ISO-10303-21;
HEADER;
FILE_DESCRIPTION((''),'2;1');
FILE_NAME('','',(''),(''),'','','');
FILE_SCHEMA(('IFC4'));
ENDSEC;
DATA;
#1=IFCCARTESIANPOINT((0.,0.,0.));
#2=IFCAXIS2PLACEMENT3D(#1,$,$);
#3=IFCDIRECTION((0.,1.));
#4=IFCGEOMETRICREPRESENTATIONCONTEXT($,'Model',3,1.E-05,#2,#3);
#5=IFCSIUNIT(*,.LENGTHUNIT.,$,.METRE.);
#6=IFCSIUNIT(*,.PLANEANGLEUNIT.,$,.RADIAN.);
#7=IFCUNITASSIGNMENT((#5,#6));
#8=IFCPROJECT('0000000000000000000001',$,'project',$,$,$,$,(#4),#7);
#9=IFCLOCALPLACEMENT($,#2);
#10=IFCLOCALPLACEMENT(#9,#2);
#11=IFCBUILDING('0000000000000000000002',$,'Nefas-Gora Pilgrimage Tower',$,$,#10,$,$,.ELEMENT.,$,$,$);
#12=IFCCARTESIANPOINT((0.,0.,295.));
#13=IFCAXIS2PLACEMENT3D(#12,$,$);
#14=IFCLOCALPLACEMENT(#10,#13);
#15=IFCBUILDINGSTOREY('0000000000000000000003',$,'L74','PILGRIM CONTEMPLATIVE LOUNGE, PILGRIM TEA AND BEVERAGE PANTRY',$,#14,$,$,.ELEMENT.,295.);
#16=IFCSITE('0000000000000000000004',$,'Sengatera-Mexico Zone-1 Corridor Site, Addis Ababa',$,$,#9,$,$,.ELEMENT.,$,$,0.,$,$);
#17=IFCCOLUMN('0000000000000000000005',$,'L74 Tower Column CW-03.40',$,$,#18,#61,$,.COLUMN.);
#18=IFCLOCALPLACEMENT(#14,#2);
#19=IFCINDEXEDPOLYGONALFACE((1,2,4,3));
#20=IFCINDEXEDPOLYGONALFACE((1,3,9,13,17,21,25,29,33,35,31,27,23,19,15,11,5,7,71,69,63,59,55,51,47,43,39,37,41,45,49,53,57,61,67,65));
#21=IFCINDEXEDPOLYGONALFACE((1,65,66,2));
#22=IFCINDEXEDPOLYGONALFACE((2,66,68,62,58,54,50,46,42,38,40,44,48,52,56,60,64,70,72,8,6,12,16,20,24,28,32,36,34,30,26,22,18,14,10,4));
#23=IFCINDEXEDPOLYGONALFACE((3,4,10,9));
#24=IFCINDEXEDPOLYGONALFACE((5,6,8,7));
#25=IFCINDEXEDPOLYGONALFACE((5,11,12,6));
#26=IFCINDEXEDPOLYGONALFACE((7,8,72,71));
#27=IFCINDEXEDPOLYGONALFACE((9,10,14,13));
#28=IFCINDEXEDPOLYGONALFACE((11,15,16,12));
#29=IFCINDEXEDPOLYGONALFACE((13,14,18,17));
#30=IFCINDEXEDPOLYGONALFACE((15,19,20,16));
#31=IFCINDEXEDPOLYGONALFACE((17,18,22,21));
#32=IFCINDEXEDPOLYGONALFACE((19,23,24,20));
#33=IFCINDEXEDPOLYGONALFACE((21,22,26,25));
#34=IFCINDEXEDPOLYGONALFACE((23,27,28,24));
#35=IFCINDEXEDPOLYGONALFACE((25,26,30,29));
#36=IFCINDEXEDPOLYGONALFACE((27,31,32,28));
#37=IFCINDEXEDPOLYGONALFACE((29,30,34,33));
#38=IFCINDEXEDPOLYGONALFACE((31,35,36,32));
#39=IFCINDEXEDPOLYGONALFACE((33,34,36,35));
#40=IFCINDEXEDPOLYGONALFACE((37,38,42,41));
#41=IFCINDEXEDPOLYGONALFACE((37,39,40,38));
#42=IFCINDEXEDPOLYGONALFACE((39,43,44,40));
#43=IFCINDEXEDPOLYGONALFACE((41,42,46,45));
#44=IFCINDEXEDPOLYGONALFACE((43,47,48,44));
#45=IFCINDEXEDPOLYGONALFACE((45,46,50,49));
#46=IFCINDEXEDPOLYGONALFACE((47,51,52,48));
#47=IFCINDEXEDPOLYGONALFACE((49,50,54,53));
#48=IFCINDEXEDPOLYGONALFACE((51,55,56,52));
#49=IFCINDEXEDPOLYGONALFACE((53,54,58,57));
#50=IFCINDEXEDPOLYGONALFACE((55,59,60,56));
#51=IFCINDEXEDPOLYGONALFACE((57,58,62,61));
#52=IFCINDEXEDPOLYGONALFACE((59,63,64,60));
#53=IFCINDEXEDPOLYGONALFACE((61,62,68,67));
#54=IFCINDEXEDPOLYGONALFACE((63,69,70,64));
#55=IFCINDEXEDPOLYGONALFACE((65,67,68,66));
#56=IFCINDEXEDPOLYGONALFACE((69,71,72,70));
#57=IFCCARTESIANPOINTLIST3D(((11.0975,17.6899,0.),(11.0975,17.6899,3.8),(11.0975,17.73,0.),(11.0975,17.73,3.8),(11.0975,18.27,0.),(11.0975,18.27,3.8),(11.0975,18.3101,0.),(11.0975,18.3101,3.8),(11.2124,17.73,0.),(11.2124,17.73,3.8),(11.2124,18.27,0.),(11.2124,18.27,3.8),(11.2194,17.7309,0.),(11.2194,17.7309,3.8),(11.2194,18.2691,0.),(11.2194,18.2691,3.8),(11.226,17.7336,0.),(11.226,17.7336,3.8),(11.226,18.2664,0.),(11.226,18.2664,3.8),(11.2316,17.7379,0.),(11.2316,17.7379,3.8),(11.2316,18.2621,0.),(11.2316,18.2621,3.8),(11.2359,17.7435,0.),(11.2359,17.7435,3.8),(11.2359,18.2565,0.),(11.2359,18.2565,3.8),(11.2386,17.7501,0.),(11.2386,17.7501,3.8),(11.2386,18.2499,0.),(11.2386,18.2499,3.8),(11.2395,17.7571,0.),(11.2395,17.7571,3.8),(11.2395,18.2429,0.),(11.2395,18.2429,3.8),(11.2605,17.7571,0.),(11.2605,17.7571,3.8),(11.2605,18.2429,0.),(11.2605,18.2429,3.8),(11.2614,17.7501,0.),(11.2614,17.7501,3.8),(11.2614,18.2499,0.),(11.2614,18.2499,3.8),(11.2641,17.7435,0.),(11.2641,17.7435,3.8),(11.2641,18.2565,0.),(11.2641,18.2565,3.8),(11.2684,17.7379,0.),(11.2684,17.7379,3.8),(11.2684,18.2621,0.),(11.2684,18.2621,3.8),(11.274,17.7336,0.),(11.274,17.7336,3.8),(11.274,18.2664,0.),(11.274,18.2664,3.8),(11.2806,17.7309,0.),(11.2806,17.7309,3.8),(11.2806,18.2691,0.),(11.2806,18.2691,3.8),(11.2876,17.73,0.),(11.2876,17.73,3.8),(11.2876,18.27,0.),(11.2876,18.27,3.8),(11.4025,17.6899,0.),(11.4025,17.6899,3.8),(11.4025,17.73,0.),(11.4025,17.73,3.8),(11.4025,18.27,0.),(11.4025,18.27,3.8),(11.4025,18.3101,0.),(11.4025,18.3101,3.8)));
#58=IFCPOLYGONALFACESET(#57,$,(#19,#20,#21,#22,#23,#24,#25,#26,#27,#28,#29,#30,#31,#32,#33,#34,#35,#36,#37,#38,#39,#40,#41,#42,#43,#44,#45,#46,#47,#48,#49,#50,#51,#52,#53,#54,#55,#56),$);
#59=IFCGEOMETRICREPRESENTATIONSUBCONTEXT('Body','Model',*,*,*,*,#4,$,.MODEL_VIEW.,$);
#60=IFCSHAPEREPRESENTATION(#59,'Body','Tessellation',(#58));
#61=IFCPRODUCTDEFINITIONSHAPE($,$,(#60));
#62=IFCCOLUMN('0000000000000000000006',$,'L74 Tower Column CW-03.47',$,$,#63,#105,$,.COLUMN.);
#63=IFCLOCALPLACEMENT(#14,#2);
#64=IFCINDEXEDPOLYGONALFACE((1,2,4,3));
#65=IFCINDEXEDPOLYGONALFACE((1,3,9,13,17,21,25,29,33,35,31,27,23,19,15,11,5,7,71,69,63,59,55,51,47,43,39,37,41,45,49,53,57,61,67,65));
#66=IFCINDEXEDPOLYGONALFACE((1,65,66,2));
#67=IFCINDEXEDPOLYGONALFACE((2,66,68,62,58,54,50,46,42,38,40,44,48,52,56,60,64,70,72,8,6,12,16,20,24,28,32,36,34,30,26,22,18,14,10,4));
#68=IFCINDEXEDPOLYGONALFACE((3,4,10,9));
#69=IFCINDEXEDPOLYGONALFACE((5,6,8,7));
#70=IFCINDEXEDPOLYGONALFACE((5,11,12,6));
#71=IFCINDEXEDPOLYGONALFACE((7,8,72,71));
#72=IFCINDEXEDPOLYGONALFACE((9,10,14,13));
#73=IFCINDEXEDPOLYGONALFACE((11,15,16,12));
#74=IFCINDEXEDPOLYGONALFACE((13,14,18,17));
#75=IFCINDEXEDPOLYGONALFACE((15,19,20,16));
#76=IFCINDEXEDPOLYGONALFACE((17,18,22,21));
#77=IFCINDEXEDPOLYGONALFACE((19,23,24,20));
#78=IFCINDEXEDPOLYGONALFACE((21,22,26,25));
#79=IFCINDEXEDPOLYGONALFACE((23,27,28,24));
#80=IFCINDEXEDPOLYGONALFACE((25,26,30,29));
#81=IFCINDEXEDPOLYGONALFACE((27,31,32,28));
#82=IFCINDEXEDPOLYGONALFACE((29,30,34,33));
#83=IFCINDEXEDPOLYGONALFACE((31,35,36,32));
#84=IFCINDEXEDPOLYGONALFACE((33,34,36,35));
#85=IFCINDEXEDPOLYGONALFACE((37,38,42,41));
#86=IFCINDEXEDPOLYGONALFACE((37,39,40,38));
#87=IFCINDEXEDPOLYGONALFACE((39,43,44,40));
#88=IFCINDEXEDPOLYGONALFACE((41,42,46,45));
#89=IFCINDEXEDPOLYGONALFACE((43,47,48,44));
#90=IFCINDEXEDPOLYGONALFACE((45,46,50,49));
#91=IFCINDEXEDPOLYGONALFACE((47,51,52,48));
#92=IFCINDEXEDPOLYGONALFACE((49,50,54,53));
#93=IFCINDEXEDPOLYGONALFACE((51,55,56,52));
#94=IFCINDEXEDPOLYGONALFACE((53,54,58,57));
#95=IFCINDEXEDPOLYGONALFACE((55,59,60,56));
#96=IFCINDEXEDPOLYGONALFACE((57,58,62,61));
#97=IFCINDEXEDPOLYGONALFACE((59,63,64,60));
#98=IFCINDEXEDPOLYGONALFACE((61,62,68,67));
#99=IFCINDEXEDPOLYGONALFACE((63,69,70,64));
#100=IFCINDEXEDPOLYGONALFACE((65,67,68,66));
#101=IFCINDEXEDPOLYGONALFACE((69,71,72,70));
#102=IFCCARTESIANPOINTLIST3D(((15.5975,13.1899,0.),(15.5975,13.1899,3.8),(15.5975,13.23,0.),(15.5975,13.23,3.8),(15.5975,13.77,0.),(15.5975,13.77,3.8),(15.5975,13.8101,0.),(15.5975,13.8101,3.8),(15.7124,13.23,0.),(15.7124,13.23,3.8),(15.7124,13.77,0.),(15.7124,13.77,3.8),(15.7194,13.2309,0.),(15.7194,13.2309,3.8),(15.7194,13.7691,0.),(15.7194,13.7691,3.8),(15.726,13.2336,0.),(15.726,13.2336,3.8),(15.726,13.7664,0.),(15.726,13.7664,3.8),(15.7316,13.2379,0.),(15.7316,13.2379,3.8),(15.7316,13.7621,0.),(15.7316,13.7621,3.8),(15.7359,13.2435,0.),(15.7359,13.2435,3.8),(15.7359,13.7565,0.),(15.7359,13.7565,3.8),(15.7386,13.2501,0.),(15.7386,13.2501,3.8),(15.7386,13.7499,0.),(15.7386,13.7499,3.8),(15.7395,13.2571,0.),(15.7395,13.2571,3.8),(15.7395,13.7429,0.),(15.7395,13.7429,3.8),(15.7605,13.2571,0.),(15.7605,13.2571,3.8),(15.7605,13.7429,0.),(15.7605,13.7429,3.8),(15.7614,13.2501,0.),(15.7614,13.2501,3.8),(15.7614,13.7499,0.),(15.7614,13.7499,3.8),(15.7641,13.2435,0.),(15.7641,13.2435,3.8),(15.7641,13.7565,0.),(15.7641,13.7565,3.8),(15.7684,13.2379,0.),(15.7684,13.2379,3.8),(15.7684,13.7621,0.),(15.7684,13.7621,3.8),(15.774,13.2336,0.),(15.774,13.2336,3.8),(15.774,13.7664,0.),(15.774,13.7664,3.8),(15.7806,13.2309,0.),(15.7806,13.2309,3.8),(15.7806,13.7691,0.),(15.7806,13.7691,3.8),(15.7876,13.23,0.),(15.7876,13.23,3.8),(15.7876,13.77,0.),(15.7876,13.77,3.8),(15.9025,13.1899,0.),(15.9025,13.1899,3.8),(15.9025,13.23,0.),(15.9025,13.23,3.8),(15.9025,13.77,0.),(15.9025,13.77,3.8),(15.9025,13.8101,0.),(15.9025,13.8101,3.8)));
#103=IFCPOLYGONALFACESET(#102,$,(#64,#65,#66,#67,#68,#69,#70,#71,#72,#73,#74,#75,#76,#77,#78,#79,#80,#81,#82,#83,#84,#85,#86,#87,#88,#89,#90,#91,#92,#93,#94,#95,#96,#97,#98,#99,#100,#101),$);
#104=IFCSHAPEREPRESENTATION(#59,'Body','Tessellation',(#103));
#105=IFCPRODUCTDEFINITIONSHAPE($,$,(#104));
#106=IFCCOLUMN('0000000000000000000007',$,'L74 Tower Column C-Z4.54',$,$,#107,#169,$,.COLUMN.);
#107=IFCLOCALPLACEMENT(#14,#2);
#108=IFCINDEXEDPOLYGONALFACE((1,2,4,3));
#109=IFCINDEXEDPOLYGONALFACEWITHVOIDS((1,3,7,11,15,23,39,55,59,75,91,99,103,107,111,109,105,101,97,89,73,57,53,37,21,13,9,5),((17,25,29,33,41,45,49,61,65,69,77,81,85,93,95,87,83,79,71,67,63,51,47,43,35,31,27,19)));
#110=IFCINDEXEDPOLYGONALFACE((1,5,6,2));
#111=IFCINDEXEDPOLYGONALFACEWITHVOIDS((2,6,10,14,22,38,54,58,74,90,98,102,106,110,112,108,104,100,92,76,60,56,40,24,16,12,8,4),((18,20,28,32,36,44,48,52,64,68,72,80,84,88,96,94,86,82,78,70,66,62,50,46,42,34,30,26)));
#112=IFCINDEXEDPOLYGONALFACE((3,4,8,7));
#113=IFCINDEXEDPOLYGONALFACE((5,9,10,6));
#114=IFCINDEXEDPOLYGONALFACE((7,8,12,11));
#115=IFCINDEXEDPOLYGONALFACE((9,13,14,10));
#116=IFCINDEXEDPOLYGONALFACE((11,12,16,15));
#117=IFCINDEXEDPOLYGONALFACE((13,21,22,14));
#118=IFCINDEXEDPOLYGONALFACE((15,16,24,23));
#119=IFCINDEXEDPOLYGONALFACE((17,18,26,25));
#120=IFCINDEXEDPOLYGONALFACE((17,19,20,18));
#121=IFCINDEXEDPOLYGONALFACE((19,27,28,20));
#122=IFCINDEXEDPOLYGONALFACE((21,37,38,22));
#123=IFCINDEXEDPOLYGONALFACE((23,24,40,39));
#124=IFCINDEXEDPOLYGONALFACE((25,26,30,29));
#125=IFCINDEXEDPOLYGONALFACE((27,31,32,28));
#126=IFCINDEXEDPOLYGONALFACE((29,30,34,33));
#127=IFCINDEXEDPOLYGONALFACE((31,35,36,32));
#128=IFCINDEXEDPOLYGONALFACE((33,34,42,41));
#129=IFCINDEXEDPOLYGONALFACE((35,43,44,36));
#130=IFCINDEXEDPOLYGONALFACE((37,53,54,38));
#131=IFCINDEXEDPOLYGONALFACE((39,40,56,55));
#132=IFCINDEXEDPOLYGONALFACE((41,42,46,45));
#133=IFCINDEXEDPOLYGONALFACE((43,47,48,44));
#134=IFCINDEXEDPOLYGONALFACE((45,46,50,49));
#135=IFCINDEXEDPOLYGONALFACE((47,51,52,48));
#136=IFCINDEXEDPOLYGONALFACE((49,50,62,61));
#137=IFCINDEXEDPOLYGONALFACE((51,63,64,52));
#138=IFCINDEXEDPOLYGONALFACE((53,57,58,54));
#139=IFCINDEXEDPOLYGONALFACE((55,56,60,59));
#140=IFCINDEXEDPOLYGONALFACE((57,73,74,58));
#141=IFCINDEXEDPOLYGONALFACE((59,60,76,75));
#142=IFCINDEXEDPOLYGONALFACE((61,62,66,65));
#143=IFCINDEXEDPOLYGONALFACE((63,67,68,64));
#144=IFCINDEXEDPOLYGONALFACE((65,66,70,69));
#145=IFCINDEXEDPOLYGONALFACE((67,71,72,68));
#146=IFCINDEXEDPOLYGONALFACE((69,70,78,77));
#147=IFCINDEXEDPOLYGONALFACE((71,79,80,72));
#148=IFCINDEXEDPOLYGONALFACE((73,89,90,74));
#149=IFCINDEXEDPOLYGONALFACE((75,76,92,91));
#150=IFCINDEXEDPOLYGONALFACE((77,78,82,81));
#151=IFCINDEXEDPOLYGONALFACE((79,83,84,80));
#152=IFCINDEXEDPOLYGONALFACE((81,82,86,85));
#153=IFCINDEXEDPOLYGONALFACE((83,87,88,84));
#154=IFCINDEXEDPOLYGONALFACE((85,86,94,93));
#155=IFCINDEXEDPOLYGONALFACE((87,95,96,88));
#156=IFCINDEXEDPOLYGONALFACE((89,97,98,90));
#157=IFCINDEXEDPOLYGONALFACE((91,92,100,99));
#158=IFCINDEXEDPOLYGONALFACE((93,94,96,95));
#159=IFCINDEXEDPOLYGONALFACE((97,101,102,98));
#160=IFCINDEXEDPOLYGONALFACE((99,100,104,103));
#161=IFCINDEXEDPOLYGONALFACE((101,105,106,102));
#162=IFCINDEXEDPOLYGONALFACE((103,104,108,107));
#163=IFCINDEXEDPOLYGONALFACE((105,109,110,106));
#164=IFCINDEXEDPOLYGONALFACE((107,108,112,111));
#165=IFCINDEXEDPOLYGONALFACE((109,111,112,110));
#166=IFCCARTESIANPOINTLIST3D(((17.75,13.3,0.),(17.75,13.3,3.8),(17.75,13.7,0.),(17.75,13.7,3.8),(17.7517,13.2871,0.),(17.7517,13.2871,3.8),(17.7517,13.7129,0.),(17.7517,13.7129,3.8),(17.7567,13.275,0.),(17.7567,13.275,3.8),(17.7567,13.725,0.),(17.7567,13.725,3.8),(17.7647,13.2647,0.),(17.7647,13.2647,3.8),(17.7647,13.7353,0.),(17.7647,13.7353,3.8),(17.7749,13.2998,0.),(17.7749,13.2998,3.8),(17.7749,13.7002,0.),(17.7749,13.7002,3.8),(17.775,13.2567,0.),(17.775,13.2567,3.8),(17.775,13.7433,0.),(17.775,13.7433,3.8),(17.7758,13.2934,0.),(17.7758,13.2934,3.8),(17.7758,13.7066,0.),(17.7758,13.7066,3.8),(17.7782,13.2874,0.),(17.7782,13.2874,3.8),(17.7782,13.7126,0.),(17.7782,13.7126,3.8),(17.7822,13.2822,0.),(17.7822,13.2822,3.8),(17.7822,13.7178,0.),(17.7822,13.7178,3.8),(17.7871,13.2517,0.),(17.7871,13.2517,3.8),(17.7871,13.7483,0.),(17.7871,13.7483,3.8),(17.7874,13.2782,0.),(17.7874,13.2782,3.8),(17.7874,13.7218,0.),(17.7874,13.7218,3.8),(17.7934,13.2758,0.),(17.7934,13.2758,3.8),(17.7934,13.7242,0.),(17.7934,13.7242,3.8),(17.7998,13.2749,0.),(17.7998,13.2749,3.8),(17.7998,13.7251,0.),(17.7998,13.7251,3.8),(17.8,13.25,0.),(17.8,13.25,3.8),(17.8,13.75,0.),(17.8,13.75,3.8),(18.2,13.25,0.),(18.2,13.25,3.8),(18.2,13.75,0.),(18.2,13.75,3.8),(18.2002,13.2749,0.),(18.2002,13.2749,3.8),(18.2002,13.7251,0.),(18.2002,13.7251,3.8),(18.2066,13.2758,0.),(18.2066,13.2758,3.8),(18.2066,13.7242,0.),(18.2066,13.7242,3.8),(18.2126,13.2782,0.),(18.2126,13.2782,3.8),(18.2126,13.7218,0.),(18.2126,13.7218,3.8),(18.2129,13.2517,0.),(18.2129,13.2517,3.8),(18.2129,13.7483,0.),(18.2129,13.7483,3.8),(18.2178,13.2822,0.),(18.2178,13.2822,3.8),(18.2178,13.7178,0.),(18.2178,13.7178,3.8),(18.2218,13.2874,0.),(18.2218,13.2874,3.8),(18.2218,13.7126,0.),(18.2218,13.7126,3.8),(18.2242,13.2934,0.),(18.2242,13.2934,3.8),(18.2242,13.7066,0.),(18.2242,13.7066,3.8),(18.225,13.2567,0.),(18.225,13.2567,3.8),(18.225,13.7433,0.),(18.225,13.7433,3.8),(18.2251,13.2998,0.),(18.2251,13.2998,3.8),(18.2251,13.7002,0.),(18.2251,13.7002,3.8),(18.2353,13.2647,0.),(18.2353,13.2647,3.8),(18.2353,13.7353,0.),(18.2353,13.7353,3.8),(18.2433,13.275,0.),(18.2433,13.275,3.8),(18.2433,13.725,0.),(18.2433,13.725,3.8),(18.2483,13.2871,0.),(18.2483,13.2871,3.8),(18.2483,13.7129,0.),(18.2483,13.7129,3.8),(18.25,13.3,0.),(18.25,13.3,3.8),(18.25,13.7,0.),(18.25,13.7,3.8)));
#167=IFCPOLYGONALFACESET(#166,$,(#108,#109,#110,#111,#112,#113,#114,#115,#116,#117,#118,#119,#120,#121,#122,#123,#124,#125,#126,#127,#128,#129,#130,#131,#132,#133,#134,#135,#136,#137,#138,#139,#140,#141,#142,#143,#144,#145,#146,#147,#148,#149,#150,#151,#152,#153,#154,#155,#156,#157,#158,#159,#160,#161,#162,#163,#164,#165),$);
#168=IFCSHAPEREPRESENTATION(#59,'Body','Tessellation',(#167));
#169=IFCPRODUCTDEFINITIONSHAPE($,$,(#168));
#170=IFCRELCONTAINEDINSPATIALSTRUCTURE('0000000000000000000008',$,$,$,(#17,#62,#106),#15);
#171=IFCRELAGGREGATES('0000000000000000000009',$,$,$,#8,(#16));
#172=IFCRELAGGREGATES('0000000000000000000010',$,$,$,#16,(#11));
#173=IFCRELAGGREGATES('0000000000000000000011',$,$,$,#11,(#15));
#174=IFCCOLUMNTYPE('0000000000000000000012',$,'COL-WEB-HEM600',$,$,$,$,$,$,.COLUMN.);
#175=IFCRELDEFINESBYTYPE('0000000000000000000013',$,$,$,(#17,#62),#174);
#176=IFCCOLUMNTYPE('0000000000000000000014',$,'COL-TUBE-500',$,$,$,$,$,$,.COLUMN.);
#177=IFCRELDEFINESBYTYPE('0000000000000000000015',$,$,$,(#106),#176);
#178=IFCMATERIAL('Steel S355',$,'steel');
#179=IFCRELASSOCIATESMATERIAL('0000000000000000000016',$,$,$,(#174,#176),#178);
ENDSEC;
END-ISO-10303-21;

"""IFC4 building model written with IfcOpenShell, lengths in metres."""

from ifc_helpers import new_model, si_unit, direction, frame, origin, origin_2d, place, context, subcontext, project, spatial, hollow_rectangle, i_section, extrude, source, transform, mapped, material, material_profile, profile_set, type_object, element, save


model = new_model("IFC4")

# Units and contexts
model_context = context("Model", 3, precision=1e-05, world=origin(), true_north=direction((0.0, 1.0)))
body_context = subcontext(model_context, "Body", "Model", "MODEL_VIEW")
ifc_project = project(units=[si_unit("LENGTHUNIT", "METRE"), si_unit("PLANEANGLEUNIT", "RADIAN")], contexts=[model_context])

# Site, building, storey
site_placement = place(None, origin())
site = spatial("IfcSite", under=ifc_project, at=site_placement, Name="Sengatera-Mexico Zone-1 Corridor Site, Addis Ababa", CompositionType="ELEMENT", RefElevation=0.0)
building_placement = place(site_placement, origin())
building = spatial("IfcBuilding", under=site, at=building_placement, Name="Nefas-Gora Pilgrimage Tower", CompositionType="ELEMENT")
storey_placement = place(building_placement, frame((0.0, 0.0, 295.0)))
storey = spatial("IfcBuildingStorey", under=building, at=storey_placement, Name="L74", Description="PILGRIM CONTEMPLATIVE LOUNGE, PILGRIM TEA AND BEVERAGE PANTRY", CompositionType="ELEMENT", Elevation=295.0)

# Columns
ifc_material_1 = material(Name="Steel S355", Category="steel")
ifc_material_profile_1 = material_profile(ifc_material_1, i_section(OverallWidth=0.3049, OverallDepth=0.6201, WebThickness=0.021, FlangeThickness=0.04, FilletRadius=0.0271, at=origin_2d()), Name="HEM 600")
ifc_profile_set_1 = profile_set([ifc_material_profile_1], Name="Steel S355")
column_type_1 = type_object("IfcColumnType", Name="COL-WEB-HEM600", PredefinedType="COLUMN", material=ifc_profile_set_1)
shared_shape_1 = source(origin(), body_context, "Body", "SweptSolid", [
    extrude(i_section(OverallWidth=0.3049, OverallDepth=0.6201, WebThickness=0.021, FlangeThickness=0.04, FilletRadius=0.0271, at=origin_2d()), origin(), (0.0, 0.0, 1.0), 3.8),
])
for number, where, z_axis, x_axis, name in (
    (1, (11.25, 18.0, 0.0), (0.0, 0.0, 1.0), (1.0, 0.0, 0.0), "L74 Tower Column CW-03.40"),
    (2, (15.75, 13.5, 0.0), (0.0, 0.0, 1.0), (1.0, 0.0, 0.0), "L74 Tower Column CW-03.47"),
):
    element("IfcColumn", number, at=place(storey_placement, frame(where, z_axis=z_axis, x_axis=x_axis)), inside=storey, type_object=column_type_1, Name=name, PredefinedType="COLUMN", context=body_context, shape_type="MappedRepresentation", body=[
        mapped(shared_shape_1, transform((0.0, 0.0, 0.0), x_axis=(1.0, 0.0, 0.0), y_axis=(0.0, 1.0, 0.0), z_axis=(0.0, 0.0, 1.0), scale=1.0)),
    ])
ifc_material_profile_2 = material_profile(ifc_material_1, hollow_rectangle(XDim=0.5, YDim=0.5, WallThickness=0.0249, InnerFilletRadius=0.0249, OuterFilletRadius=0.05, at=origin_2d()), Name="SHS 500x500x25")
ifc_profile_set_2 = profile_set([ifc_material_profile_2], Name="Steel S355")
column_type_2 = type_object("IfcColumnType", Name="COL-TUBE-500", PredefinedType="COLUMN", material=ifc_profile_set_2)
shared_shape_2 = source(origin(), body_context, "Body", "SweptSolid", [
    extrude(hollow_rectangle(XDim=0.5, YDim=0.5, WallThickness=0.0249, InnerFilletRadius=0.0249, OuterFilletRadius=0.05, at=origin_2d()), origin(), (0.0, 0.0, 1.0), 3.8),
])
column_placement = place(storey_placement, frame((18.0, 13.5, 0.0), z_axis=(0.0, 0.0, 1.0), x_axis=(1.0, 0.0, 0.0)))
element("IfcColumn", 3, at=column_placement, inside=storey, type_object=column_type_2, Name="L74 Tower Column C-Z4.54", PredefinedType="COLUMN", context=body_context, shape_type="MappedRepresentation", body=[
    mapped(shared_shape_2, transform((0.0, 0.0, 0.0), x_axis=(1.0, 0.0, 0.0), y_axis=(0.0, 1.0, 0.0), z_axis=(0.0, 0.0, 1.0), scale=1.0)),
])

save(model, "model.ifc")
